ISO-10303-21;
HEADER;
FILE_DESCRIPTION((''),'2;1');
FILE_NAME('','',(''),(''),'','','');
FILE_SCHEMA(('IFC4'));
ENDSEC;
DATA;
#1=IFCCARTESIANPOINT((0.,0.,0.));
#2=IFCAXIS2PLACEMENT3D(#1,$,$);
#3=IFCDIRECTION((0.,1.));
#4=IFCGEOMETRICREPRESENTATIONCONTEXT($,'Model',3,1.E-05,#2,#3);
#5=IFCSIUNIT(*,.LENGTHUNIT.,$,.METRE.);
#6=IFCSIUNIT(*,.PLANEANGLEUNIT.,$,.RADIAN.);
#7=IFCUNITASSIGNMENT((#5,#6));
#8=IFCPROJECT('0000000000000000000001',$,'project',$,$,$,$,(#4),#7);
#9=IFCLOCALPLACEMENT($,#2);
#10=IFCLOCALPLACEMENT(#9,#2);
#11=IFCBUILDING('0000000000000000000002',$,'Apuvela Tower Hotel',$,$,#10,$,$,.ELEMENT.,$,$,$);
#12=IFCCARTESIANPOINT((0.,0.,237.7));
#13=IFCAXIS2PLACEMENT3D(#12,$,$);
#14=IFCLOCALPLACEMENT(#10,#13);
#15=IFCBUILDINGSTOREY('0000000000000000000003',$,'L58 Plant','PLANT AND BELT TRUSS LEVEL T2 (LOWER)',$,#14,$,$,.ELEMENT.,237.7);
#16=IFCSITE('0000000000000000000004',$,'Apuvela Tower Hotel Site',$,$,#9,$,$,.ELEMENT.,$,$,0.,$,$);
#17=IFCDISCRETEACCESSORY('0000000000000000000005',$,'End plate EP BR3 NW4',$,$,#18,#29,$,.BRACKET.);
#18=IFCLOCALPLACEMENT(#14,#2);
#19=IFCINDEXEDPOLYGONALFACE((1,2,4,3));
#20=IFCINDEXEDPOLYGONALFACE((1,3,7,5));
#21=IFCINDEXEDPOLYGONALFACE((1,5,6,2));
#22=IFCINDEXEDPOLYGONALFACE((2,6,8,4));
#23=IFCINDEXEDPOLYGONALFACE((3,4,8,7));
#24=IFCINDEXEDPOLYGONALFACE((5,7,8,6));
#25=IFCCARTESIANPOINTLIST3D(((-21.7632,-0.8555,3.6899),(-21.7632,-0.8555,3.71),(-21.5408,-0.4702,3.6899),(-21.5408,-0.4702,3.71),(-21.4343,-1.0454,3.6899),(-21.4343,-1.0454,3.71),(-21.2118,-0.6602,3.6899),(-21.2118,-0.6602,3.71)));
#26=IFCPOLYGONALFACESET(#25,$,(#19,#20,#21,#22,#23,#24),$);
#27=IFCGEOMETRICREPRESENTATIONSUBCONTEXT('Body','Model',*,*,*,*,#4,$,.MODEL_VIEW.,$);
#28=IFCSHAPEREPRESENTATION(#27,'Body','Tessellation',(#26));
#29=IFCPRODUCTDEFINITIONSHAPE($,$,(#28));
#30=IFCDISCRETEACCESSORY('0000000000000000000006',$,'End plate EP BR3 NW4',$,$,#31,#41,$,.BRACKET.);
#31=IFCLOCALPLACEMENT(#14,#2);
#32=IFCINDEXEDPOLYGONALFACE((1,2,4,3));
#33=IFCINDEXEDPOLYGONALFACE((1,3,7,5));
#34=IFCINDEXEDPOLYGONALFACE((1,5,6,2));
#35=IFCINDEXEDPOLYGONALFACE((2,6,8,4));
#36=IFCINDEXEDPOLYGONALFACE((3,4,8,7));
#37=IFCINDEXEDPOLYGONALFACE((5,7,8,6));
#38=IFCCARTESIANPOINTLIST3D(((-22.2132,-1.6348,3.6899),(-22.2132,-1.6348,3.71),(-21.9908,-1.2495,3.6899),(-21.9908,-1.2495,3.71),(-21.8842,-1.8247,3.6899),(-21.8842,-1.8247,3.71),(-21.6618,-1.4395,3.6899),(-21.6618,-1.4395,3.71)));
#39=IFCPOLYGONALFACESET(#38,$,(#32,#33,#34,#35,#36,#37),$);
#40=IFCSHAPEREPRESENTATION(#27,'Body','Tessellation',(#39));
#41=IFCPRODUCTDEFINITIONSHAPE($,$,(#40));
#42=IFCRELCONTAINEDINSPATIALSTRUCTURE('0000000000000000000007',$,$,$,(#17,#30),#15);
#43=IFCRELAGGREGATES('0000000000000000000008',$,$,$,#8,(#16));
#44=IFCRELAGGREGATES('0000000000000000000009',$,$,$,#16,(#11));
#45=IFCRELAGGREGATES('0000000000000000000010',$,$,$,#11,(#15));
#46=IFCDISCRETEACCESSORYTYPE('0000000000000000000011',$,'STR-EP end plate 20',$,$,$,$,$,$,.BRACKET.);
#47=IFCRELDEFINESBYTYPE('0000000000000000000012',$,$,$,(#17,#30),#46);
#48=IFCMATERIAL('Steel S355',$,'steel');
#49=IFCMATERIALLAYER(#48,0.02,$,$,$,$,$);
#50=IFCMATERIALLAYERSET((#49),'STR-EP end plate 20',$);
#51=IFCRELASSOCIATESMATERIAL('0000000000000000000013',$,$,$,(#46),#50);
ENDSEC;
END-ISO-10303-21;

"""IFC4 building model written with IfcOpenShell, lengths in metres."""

from ifc_helpers import new_model, si_unit, direction, frame, origin, origin_2d, place, context, subcontext, project, spatial, rectangle, extrude, material, layer, layer_set, type_object, element, save


model = new_model("IFC4")

# Units and contexts
model_context = context("Model", 3, precision=1e-05, world=origin(), true_north=direction((0.0, 1.0)))
body_context = subcontext(model_context, "Body", "Model", "MODEL_VIEW")
ifc_project = project(units=[si_unit("LENGTHUNIT", "METRE"), si_unit("PLANEANGLEUNIT", "RADIAN")], contexts=[model_context])

# Site, building, storey
site_placement = place(None, origin())
site = spatial("IfcSite", under=ifc_project, at=site_placement, Name="Apuvela Tower Hotel Site", CompositionType="ELEMENT", RefElevation=0.0)
building_placement = place(site_placement, origin())
building = spatial("IfcBuilding", under=site, at=building_placement, Name="Apuvela Tower Hotel", CompositionType="ELEMENT")
storey_placement = place(building_placement, frame((0.0, 0.0, 237.7)))
storey = spatial("IfcBuildingStorey", under=building, at=storey_placement, Name="L58 Plant", Description="PLANT AND BELT TRUSS LEVEL T2 (LOWER)", CompositionType="ELEMENT", Elevation=237.7)

# Shared definitions
ifc_material_1 = material(Name="Steel S355", Category="steel")

# Discrete accessories
ifc_layer_1 = layer(ifc_material_1, 0.02)
ifc_layer_set_1 = layer_set([ifc_layer_1], Name="STR-EP end plate 20")
discrete_accessory_type_1 = type_object("IfcDiscreteAccessoryType", Name="STR-EP end plate 20", PredefinedType="BRACKET", material=ifc_layer_set_1)
for number, where, z_axis, x_axis, name in (
    (1, (-21.4875, -0.7578, 3.6899), (0.0, 0.0, 1.0), (-0.5, -0.866025, 0.0), "End plate EP BR3 NW4"),
    (2, (-21.9375, -1.5371, 3.6899), (0.0, 0.0, 1.0), (0.5, 0.866025, 0.0), "End plate EP BR3 NW4"),
):
    element("IfcDiscreteAccessory", number, at=place(storey_placement, frame(where, z_axis=z_axis, x_axis=x_axis)), inside=storey, type_object=discrete_accessory_type_1, Name=name, PredefinedType="BRACKET", context=body_context, shape_type="SweptSolid", body=[
        extrude(rectangle(XDim=0.4448, YDim=0.3799, at=origin_2d()), origin(), (0.0, 0.0, 1.0), 0.02),
    ])

save(model, "model.ifc")
